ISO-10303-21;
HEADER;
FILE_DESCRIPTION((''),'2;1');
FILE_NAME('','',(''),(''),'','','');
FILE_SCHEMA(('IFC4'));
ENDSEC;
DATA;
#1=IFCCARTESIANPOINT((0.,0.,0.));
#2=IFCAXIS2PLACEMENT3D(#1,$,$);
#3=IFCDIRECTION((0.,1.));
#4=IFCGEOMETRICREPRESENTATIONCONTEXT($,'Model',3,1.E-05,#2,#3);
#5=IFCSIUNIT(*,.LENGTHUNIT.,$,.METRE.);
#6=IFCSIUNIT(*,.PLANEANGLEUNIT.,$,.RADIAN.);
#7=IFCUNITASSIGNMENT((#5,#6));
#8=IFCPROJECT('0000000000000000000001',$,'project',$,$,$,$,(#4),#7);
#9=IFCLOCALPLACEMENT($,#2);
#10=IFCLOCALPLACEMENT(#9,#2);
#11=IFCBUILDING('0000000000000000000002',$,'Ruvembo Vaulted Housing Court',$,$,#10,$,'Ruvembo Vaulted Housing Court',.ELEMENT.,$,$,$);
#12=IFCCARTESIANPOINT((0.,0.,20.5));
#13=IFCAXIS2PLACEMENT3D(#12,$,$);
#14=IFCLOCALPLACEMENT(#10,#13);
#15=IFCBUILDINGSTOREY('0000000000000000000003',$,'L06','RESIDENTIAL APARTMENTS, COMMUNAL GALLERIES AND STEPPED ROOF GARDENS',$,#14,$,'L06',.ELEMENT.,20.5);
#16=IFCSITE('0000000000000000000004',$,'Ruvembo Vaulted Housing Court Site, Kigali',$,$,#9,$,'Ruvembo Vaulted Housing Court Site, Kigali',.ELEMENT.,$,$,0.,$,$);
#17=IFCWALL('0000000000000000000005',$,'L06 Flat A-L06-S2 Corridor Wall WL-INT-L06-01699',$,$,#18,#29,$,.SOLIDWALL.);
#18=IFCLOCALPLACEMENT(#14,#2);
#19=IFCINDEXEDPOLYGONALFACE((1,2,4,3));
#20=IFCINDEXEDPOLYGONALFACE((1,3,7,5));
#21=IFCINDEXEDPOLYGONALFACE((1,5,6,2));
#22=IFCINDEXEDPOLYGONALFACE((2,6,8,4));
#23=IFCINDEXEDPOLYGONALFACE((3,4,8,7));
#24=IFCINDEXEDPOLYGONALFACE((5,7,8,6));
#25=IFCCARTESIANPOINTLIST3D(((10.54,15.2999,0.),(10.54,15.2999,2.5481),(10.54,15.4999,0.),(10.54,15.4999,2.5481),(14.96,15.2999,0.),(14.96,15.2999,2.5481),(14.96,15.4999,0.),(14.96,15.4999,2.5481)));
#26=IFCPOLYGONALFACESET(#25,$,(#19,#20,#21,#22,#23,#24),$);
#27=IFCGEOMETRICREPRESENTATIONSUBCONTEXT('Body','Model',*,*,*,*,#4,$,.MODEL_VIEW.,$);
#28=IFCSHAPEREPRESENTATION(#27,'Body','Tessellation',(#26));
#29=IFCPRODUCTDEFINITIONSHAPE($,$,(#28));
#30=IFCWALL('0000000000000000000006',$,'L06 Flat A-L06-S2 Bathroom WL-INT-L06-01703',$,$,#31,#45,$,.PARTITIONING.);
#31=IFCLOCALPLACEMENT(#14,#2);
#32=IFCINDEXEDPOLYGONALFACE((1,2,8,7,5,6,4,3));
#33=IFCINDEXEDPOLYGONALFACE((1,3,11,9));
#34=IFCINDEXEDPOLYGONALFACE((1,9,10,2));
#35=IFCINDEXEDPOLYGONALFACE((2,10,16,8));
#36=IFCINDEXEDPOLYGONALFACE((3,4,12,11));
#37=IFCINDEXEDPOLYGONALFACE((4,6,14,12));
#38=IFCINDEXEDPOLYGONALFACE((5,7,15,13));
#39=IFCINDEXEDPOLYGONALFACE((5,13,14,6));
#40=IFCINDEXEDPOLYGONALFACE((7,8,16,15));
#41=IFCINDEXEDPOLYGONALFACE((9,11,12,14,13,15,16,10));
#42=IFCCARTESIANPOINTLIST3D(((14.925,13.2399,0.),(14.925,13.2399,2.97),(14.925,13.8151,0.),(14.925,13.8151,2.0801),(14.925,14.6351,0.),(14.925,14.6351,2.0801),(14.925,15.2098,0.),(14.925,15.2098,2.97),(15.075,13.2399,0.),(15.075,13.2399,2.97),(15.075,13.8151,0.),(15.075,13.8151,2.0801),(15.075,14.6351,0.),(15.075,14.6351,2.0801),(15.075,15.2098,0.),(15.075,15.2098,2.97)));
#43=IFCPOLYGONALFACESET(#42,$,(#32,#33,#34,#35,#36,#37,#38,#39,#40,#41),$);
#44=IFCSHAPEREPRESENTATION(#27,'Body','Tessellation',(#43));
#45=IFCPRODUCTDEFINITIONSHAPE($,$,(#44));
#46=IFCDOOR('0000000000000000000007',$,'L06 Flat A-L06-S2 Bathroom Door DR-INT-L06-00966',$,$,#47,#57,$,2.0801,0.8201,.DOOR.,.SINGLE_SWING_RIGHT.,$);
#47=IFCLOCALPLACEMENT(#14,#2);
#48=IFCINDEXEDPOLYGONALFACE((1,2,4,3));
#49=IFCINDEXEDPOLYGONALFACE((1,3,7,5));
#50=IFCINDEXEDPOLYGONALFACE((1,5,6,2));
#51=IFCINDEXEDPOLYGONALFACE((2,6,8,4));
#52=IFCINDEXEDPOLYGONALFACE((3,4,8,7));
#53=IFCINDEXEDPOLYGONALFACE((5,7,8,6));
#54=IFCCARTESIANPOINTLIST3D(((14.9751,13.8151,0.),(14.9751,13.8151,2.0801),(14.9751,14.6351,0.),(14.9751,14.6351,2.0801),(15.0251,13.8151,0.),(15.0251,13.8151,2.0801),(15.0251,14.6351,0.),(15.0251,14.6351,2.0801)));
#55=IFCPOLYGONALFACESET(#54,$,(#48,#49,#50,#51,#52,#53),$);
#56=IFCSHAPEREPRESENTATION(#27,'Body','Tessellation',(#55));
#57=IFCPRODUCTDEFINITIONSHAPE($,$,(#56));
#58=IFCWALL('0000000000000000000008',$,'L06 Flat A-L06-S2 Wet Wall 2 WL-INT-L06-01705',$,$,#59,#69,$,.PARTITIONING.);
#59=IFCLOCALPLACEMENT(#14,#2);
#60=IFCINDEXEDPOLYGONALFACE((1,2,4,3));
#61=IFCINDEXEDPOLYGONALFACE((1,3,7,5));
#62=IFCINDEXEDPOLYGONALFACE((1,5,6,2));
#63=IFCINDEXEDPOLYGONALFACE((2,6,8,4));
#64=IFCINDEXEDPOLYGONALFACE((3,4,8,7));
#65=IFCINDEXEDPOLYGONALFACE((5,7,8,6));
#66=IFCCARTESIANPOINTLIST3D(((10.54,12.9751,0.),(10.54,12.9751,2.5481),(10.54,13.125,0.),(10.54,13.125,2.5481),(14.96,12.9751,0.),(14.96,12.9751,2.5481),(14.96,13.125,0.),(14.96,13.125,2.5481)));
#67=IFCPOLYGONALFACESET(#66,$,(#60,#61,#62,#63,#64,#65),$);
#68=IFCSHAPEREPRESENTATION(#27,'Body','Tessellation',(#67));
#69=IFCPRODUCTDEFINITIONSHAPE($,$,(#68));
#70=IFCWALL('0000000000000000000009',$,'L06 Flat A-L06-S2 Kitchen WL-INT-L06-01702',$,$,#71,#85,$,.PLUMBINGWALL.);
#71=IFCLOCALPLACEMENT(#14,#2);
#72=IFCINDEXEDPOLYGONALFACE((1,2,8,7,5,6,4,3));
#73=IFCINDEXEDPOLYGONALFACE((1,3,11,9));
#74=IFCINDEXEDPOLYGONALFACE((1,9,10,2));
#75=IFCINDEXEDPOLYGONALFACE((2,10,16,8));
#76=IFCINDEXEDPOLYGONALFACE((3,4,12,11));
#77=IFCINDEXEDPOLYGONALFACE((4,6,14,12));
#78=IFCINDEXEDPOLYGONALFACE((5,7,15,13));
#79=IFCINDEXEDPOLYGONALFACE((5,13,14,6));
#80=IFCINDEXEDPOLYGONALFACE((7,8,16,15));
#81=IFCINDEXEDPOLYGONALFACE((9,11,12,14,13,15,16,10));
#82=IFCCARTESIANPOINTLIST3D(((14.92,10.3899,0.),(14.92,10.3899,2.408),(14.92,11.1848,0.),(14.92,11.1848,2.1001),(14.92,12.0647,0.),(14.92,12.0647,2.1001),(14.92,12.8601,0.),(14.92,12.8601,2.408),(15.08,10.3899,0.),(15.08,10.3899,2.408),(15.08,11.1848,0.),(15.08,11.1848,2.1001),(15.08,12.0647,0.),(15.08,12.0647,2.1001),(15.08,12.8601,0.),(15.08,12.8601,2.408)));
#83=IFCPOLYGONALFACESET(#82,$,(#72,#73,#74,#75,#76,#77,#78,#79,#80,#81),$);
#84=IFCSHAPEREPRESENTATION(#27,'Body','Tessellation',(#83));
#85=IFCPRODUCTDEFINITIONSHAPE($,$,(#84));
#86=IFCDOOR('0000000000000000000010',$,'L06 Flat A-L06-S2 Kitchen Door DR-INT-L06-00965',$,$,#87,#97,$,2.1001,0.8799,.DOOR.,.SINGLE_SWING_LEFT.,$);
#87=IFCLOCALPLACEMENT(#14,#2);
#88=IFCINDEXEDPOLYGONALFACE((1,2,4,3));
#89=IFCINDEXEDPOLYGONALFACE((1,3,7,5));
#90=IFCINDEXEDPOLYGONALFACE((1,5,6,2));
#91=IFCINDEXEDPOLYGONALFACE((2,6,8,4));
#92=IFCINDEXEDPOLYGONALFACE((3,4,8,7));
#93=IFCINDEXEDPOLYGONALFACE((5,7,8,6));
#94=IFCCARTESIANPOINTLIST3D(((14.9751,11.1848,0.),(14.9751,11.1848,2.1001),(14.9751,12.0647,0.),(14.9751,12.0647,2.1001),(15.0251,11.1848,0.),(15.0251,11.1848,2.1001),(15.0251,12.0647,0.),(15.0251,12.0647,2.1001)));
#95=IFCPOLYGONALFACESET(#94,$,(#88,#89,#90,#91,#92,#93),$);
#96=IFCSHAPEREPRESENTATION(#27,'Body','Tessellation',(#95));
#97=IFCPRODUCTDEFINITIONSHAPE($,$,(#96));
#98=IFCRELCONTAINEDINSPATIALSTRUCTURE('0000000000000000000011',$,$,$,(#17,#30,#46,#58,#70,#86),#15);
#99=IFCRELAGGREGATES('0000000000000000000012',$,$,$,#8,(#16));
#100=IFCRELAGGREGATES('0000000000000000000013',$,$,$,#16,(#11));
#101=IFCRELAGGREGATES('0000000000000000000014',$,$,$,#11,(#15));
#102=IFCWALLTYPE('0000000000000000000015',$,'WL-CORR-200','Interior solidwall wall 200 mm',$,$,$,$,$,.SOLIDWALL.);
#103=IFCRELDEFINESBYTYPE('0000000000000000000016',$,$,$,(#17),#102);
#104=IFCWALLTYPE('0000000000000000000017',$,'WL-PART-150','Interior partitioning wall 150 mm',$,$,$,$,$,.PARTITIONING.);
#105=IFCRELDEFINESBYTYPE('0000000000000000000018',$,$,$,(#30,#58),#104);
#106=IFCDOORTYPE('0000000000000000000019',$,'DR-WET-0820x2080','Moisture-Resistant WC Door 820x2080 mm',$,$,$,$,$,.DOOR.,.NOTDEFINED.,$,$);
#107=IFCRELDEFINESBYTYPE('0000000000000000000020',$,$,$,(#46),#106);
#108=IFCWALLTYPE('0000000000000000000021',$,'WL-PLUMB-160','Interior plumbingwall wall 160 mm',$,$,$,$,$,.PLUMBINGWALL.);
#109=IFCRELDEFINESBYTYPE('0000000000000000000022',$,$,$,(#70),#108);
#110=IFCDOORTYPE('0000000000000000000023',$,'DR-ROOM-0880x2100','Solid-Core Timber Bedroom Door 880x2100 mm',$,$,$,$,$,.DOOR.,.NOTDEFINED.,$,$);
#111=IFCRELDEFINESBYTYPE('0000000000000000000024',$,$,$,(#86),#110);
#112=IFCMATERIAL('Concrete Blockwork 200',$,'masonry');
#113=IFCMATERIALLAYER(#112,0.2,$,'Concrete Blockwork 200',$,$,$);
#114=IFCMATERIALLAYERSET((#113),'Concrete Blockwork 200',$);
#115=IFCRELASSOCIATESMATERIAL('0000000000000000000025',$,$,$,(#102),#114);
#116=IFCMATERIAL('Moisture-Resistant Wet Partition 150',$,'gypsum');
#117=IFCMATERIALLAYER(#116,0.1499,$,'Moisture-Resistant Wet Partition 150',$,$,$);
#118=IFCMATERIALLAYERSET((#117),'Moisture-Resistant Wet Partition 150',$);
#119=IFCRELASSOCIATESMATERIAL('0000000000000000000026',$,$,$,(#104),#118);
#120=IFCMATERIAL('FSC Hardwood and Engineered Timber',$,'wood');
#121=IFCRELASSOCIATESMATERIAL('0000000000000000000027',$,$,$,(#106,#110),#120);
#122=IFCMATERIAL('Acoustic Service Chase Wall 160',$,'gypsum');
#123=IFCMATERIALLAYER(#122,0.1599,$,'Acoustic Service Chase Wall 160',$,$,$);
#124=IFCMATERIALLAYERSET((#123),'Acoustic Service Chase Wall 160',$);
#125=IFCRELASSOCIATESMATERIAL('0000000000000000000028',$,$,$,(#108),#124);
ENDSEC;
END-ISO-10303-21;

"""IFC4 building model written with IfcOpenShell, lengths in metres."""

from ifc_helpers import new_model, si_unit, direction, frame, frame_2d, origin, place, context, subcontext, project, spatial, rectangle, extrude, material, layer, layer_set, type_object, element, fill, save


model = new_model("IFC4")

# Units and contexts
model_context = context("Model", 3, precision=1e-05, world=origin(), true_north=direction((0.0, 1.0)))
body_context = subcontext(model_context, "Body", "Model", "MODEL_VIEW")
ifc_project = project(units=[si_unit("LENGTHUNIT", "METRE"), si_unit("PLANEANGLEUNIT", "RADIAN")], contexts=[model_context])

# Site, building, storey
site_placement = place(None, origin())
site = spatial("IfcSite", under=ifc_project, at=site_placement, Name="Ruvembo Vaulted Housing Court Site, Kigali", LongName="Ruvembo Vaulted Housing Court Site, Kigali", CompositionType="ELEMENT", RefElevation=0.0)
building_placement = place(site_placement, origin())
building = spatial("IfcBuilding", under=site, at=building_placement, Name="Ruvembo Vaulted Housing Court", LongName="Ruvembo Vaulted Housing Court", CompositionType="ELEMENT")
storey_placement = place(building_placement, frame((0.0, 0.0, 20.5)))
storey = spatial("IfcBuildingStorey", under=building, at=storey_placement, Name="L06", Description="RESIDENTIAL APARTMENTS, COMMUNAL GALLERIES AND STEPPED ROOF GARDENS", LongName="L06", CompositionType="ELEMENT", Elevation=20.5)

# Wall
ifc_material_1 = material(Name="Concrete Blockwork 200", Category="masonry")
ifc_layer_1 = layer(ifc_material_1, 0.2, Name="Concrete Blockwork 200")
ifc_layer_set_1 = layer_set([ifc_layer_1], Name="Concrete Blockwork 200")
wall_type_1 = type_object("IfcWallType", Name="WL-CORR-200", Description="Interior solidwall wall 200 mm", PredefinedType="SOLIDWALL", material=ifc_layer_set_1)
wall_1_placement = place(storey_placement, frame((10.54, 15.3999, 0.0), z_axis=(0.0, 0.0, 1.0), x_axis=(1.0, 0.0, 0.0)))
element("IfcWall", 1, at=wall_1_placement, inside=storey, type_object=wall_type_1, Name="L06 Flat A-L06-S2 Corridor Wall WL-INT-L06-01699", PredefinedType="SOLIDWALL", context=body_context, shape_type="SweptSolid", body=[
    extrude(rectangle(XDim=4.4199, YDim=0.2, at=frame_2d((2.21, 0.0))), origin(), (0.0, 0.0, 1.0), 2.5481),
])

# Wall, opening, door
ifc_material_2 = material(Name="FSC Hardwood and Engineered Timber", Category="wood")
ifc_material_3 = material(Name="Moisture-Resistant Wet Partition 150", Category="gypsum")
ifc_layer_2 = layer(ifc_material_3, 0.1499, Name="Moisture-Resistant Wet Partition 150")
ifc_layer_set_2 = layer_set([ifc_layer_2], Name="Moisture-Resistant Wet Partition 150")
wall_type_2 = type_object("IfcWallType", Name="WL-PART-150", Description="Interior partitioning wall 150 mm", PredefinedType="PARTITIONING", material=ifc_layer_set_2)
wall_2_placement = place(storey_placement, frame((15.0, 13.24, 0.0), z_axis=(0.0, 0.0, 1.0), x_axis=(0.0, 1.0, 0.0)))
wall_2 = element("IfcWall", 2, at=wall_2_placement, inside=storey, type_object=wall_type_2, Name="L06 Flat A-L06-S2 Bathroom WL-INT-L06-01703", PredefinedType="PARTITIONING", context=body_context, shape_type="SweptSolid", body=[
    extrude(rectangle(XDim=1.97, YDim=0.1499, at=frame_2d((0.9849, 0.0))), origin(), (0.0, 0.0, 1.0), 2.97),
])
opening_1_placement = place(wall_2_placement, frame((0.575, 0.0, 0.0)))
opening_1 = element("IfcOpeningElement", 3, at=opening_1_placement, cuts=wall_2, PredefinedType="OPENING", context=body_context, shape_type="SweptSolid", body=[
    extrude(rectangle(XDim=0.8201, YDim=2.0801, at=frame_2d((0.4102, 1.04))), frame((0.0, 0.085, 0.0), z_axis=(0.0, -1.0, 0.0), x_axis=(1.0, 0.0, 0.0)), (0.0, 0.0, 1.0), 0.1699),
])
door_type_1 = type_object("IfcDoorType", Name="DR-WET-0820x2080", Description="Moisture-Resistant WC Door 820x2080 mm", OperationType="NOTDEFINED", PredefinedType="DOOR", material=ifc_material_2)
door_1_placement = place(opening_1_placement, origin())
door_1 = element("IfcDoor", 4, at=door_1_placement, inside=storey, type_object=door_type_1, Name="L06 Flat A-L06-S2 Bathroom Door DR-INT-L06-00966", OperationType="SINGLE_SWING_RIGHT", OverallHeight=2.0801, OverallWidth=0.8201, PredefinedType="DOOR", context=body_context, shape_type="SweptSolid", body=[
    extrude(rectangle(XDim=0.8201, YDim=2.0801, at=frame_2d((0.4102, 1.04))), frame((0.0, 0.0249, 0.0), z_axis=(0.0, -1.0, 0.0), x_axis=(1.0, 0.0, 0.0)), (0.0, 0.0, 1.0), 0.05),
])
fill(opening_1, door_1)

# Wall
wall_3_placement = place(storey_placement, frame((10.54, 13.05, 0.0), z_axis=(0.0, 0.0, 1.0), x_axis=(1.0, 0.0, 0.0)))
element("IfcWall", 5, at=wall_3_placement, inside=storey, type_object=wall_type_2, Name="L06 Flat A-L06-S2 Wet Wall 2 WL-INT-L06-01705", PredefinedType="PARTITIONING", context=body_context, shape_type="SweptSolid", body=[
    extrude(rectangle(XDim=4.4199, YDim=0.1499, at=frame_2d((2.21, 0.0))), origin(), (0.0, 0.0, 1.0), 2.5481),
])

# Wall, opening, door
ifc_material_4 = material(Name="Acoustic Service Chase Wall 160", Category="gypsum")
ifc_layer_3 = layer(ifc_material_4, 0.1599, Name="Acoustic Service Chase Wall 160")
ifc_layer_set_3 = layer_set([ifc_layer_3], Name="Acoustic Service Chase Wall 160")
wall_type_3 = type_object("IfcWallType", Name="WL-PLUMB-160", Description="Interior plumbingwall wall 160 mm", PredefinedType="PLUMBINGWALL", material=ifc_layer_set_3)
wall_4_placement = place(storey_placement, frame((15.0, 10.3899, 0.0), z_axis=(0.0, 0.0, 1.0), x_axis=(0.0, 1.0, 0.0)))
wall_4 = element("IfcWall", 6, at=wall_4_placement, inside=storey, type_object=wall_type_3, Name="L06 Flat A-L06-S2 Kitchen WL-INT-L06-01702", PredefinedType="PLUMBINGWALL", context=body_context, shape_type="SweptSolid", body=[
    extrude(rectangle(XDim=2.4702, YDim=0.1599, at=frame_2d((1.2351, 0.0))), origin(), (0.0, 0.0, 1.0), 2.408),
])
opening_2_placement = place(wall_4_placement, frame((0.7949, 0.0, 0.0)))
opening_2 = element("IfcOpeningElement", 7, at=opening_2_placement, cuts=wall_4, PredefinedType="OPENING", context=body_context, shape_type="SweptSolid", body=[
    extrude(rectangle(XDim=0.8799, YDim=2.1001, at=frame_2d((0.4399, 1.05))), frame((0.0, 0.0898, 0.0), z_axis=(0.0, -1.0, 0.0), x_axis=(1.0, 0.0, 0.0)), (0.0, 0.0, 1.0), 0.1799),
])
door_type_2 = type_object("IfcDoorType", Name="DR-ROOM-0880x2100", Description="Solid-Core Timber Bedroom Door 880x2100 mm", OperationType="NOTDEFINED", PredefinedType="DOOR", material=ifc_material_2)
door_2_placement = place(opening_2_placement, origin())
door_2 = element("IfcDoor", 8, at=door_2_placement, inside=storey, type_object=door_type_2, Name="L06 Flat A-L06-S2 Kitchen Door DR-INT-L06-00965", OperationType="SINGLE_SWING_LEFT", OverallHeight=2.1001, OverallWidth=0.8799, PredefinedType="DOOR", context=body_context, shape_type="SweptSolid", body=[
    extrude(rectangle(XDim=0.8799, YDim=2.1001, at=frame_2d((0.4399, 1.05))), frame((0.0, 0.0249, 0.0), z_axis=(0.0, -1.0, 0.0), x_axis=(1.0, 0.0, 0.0)), (0.0, 0.0, 1.0), 0.05),
])
fill(opening_2, door_2)

save(model, "model.ifc")
